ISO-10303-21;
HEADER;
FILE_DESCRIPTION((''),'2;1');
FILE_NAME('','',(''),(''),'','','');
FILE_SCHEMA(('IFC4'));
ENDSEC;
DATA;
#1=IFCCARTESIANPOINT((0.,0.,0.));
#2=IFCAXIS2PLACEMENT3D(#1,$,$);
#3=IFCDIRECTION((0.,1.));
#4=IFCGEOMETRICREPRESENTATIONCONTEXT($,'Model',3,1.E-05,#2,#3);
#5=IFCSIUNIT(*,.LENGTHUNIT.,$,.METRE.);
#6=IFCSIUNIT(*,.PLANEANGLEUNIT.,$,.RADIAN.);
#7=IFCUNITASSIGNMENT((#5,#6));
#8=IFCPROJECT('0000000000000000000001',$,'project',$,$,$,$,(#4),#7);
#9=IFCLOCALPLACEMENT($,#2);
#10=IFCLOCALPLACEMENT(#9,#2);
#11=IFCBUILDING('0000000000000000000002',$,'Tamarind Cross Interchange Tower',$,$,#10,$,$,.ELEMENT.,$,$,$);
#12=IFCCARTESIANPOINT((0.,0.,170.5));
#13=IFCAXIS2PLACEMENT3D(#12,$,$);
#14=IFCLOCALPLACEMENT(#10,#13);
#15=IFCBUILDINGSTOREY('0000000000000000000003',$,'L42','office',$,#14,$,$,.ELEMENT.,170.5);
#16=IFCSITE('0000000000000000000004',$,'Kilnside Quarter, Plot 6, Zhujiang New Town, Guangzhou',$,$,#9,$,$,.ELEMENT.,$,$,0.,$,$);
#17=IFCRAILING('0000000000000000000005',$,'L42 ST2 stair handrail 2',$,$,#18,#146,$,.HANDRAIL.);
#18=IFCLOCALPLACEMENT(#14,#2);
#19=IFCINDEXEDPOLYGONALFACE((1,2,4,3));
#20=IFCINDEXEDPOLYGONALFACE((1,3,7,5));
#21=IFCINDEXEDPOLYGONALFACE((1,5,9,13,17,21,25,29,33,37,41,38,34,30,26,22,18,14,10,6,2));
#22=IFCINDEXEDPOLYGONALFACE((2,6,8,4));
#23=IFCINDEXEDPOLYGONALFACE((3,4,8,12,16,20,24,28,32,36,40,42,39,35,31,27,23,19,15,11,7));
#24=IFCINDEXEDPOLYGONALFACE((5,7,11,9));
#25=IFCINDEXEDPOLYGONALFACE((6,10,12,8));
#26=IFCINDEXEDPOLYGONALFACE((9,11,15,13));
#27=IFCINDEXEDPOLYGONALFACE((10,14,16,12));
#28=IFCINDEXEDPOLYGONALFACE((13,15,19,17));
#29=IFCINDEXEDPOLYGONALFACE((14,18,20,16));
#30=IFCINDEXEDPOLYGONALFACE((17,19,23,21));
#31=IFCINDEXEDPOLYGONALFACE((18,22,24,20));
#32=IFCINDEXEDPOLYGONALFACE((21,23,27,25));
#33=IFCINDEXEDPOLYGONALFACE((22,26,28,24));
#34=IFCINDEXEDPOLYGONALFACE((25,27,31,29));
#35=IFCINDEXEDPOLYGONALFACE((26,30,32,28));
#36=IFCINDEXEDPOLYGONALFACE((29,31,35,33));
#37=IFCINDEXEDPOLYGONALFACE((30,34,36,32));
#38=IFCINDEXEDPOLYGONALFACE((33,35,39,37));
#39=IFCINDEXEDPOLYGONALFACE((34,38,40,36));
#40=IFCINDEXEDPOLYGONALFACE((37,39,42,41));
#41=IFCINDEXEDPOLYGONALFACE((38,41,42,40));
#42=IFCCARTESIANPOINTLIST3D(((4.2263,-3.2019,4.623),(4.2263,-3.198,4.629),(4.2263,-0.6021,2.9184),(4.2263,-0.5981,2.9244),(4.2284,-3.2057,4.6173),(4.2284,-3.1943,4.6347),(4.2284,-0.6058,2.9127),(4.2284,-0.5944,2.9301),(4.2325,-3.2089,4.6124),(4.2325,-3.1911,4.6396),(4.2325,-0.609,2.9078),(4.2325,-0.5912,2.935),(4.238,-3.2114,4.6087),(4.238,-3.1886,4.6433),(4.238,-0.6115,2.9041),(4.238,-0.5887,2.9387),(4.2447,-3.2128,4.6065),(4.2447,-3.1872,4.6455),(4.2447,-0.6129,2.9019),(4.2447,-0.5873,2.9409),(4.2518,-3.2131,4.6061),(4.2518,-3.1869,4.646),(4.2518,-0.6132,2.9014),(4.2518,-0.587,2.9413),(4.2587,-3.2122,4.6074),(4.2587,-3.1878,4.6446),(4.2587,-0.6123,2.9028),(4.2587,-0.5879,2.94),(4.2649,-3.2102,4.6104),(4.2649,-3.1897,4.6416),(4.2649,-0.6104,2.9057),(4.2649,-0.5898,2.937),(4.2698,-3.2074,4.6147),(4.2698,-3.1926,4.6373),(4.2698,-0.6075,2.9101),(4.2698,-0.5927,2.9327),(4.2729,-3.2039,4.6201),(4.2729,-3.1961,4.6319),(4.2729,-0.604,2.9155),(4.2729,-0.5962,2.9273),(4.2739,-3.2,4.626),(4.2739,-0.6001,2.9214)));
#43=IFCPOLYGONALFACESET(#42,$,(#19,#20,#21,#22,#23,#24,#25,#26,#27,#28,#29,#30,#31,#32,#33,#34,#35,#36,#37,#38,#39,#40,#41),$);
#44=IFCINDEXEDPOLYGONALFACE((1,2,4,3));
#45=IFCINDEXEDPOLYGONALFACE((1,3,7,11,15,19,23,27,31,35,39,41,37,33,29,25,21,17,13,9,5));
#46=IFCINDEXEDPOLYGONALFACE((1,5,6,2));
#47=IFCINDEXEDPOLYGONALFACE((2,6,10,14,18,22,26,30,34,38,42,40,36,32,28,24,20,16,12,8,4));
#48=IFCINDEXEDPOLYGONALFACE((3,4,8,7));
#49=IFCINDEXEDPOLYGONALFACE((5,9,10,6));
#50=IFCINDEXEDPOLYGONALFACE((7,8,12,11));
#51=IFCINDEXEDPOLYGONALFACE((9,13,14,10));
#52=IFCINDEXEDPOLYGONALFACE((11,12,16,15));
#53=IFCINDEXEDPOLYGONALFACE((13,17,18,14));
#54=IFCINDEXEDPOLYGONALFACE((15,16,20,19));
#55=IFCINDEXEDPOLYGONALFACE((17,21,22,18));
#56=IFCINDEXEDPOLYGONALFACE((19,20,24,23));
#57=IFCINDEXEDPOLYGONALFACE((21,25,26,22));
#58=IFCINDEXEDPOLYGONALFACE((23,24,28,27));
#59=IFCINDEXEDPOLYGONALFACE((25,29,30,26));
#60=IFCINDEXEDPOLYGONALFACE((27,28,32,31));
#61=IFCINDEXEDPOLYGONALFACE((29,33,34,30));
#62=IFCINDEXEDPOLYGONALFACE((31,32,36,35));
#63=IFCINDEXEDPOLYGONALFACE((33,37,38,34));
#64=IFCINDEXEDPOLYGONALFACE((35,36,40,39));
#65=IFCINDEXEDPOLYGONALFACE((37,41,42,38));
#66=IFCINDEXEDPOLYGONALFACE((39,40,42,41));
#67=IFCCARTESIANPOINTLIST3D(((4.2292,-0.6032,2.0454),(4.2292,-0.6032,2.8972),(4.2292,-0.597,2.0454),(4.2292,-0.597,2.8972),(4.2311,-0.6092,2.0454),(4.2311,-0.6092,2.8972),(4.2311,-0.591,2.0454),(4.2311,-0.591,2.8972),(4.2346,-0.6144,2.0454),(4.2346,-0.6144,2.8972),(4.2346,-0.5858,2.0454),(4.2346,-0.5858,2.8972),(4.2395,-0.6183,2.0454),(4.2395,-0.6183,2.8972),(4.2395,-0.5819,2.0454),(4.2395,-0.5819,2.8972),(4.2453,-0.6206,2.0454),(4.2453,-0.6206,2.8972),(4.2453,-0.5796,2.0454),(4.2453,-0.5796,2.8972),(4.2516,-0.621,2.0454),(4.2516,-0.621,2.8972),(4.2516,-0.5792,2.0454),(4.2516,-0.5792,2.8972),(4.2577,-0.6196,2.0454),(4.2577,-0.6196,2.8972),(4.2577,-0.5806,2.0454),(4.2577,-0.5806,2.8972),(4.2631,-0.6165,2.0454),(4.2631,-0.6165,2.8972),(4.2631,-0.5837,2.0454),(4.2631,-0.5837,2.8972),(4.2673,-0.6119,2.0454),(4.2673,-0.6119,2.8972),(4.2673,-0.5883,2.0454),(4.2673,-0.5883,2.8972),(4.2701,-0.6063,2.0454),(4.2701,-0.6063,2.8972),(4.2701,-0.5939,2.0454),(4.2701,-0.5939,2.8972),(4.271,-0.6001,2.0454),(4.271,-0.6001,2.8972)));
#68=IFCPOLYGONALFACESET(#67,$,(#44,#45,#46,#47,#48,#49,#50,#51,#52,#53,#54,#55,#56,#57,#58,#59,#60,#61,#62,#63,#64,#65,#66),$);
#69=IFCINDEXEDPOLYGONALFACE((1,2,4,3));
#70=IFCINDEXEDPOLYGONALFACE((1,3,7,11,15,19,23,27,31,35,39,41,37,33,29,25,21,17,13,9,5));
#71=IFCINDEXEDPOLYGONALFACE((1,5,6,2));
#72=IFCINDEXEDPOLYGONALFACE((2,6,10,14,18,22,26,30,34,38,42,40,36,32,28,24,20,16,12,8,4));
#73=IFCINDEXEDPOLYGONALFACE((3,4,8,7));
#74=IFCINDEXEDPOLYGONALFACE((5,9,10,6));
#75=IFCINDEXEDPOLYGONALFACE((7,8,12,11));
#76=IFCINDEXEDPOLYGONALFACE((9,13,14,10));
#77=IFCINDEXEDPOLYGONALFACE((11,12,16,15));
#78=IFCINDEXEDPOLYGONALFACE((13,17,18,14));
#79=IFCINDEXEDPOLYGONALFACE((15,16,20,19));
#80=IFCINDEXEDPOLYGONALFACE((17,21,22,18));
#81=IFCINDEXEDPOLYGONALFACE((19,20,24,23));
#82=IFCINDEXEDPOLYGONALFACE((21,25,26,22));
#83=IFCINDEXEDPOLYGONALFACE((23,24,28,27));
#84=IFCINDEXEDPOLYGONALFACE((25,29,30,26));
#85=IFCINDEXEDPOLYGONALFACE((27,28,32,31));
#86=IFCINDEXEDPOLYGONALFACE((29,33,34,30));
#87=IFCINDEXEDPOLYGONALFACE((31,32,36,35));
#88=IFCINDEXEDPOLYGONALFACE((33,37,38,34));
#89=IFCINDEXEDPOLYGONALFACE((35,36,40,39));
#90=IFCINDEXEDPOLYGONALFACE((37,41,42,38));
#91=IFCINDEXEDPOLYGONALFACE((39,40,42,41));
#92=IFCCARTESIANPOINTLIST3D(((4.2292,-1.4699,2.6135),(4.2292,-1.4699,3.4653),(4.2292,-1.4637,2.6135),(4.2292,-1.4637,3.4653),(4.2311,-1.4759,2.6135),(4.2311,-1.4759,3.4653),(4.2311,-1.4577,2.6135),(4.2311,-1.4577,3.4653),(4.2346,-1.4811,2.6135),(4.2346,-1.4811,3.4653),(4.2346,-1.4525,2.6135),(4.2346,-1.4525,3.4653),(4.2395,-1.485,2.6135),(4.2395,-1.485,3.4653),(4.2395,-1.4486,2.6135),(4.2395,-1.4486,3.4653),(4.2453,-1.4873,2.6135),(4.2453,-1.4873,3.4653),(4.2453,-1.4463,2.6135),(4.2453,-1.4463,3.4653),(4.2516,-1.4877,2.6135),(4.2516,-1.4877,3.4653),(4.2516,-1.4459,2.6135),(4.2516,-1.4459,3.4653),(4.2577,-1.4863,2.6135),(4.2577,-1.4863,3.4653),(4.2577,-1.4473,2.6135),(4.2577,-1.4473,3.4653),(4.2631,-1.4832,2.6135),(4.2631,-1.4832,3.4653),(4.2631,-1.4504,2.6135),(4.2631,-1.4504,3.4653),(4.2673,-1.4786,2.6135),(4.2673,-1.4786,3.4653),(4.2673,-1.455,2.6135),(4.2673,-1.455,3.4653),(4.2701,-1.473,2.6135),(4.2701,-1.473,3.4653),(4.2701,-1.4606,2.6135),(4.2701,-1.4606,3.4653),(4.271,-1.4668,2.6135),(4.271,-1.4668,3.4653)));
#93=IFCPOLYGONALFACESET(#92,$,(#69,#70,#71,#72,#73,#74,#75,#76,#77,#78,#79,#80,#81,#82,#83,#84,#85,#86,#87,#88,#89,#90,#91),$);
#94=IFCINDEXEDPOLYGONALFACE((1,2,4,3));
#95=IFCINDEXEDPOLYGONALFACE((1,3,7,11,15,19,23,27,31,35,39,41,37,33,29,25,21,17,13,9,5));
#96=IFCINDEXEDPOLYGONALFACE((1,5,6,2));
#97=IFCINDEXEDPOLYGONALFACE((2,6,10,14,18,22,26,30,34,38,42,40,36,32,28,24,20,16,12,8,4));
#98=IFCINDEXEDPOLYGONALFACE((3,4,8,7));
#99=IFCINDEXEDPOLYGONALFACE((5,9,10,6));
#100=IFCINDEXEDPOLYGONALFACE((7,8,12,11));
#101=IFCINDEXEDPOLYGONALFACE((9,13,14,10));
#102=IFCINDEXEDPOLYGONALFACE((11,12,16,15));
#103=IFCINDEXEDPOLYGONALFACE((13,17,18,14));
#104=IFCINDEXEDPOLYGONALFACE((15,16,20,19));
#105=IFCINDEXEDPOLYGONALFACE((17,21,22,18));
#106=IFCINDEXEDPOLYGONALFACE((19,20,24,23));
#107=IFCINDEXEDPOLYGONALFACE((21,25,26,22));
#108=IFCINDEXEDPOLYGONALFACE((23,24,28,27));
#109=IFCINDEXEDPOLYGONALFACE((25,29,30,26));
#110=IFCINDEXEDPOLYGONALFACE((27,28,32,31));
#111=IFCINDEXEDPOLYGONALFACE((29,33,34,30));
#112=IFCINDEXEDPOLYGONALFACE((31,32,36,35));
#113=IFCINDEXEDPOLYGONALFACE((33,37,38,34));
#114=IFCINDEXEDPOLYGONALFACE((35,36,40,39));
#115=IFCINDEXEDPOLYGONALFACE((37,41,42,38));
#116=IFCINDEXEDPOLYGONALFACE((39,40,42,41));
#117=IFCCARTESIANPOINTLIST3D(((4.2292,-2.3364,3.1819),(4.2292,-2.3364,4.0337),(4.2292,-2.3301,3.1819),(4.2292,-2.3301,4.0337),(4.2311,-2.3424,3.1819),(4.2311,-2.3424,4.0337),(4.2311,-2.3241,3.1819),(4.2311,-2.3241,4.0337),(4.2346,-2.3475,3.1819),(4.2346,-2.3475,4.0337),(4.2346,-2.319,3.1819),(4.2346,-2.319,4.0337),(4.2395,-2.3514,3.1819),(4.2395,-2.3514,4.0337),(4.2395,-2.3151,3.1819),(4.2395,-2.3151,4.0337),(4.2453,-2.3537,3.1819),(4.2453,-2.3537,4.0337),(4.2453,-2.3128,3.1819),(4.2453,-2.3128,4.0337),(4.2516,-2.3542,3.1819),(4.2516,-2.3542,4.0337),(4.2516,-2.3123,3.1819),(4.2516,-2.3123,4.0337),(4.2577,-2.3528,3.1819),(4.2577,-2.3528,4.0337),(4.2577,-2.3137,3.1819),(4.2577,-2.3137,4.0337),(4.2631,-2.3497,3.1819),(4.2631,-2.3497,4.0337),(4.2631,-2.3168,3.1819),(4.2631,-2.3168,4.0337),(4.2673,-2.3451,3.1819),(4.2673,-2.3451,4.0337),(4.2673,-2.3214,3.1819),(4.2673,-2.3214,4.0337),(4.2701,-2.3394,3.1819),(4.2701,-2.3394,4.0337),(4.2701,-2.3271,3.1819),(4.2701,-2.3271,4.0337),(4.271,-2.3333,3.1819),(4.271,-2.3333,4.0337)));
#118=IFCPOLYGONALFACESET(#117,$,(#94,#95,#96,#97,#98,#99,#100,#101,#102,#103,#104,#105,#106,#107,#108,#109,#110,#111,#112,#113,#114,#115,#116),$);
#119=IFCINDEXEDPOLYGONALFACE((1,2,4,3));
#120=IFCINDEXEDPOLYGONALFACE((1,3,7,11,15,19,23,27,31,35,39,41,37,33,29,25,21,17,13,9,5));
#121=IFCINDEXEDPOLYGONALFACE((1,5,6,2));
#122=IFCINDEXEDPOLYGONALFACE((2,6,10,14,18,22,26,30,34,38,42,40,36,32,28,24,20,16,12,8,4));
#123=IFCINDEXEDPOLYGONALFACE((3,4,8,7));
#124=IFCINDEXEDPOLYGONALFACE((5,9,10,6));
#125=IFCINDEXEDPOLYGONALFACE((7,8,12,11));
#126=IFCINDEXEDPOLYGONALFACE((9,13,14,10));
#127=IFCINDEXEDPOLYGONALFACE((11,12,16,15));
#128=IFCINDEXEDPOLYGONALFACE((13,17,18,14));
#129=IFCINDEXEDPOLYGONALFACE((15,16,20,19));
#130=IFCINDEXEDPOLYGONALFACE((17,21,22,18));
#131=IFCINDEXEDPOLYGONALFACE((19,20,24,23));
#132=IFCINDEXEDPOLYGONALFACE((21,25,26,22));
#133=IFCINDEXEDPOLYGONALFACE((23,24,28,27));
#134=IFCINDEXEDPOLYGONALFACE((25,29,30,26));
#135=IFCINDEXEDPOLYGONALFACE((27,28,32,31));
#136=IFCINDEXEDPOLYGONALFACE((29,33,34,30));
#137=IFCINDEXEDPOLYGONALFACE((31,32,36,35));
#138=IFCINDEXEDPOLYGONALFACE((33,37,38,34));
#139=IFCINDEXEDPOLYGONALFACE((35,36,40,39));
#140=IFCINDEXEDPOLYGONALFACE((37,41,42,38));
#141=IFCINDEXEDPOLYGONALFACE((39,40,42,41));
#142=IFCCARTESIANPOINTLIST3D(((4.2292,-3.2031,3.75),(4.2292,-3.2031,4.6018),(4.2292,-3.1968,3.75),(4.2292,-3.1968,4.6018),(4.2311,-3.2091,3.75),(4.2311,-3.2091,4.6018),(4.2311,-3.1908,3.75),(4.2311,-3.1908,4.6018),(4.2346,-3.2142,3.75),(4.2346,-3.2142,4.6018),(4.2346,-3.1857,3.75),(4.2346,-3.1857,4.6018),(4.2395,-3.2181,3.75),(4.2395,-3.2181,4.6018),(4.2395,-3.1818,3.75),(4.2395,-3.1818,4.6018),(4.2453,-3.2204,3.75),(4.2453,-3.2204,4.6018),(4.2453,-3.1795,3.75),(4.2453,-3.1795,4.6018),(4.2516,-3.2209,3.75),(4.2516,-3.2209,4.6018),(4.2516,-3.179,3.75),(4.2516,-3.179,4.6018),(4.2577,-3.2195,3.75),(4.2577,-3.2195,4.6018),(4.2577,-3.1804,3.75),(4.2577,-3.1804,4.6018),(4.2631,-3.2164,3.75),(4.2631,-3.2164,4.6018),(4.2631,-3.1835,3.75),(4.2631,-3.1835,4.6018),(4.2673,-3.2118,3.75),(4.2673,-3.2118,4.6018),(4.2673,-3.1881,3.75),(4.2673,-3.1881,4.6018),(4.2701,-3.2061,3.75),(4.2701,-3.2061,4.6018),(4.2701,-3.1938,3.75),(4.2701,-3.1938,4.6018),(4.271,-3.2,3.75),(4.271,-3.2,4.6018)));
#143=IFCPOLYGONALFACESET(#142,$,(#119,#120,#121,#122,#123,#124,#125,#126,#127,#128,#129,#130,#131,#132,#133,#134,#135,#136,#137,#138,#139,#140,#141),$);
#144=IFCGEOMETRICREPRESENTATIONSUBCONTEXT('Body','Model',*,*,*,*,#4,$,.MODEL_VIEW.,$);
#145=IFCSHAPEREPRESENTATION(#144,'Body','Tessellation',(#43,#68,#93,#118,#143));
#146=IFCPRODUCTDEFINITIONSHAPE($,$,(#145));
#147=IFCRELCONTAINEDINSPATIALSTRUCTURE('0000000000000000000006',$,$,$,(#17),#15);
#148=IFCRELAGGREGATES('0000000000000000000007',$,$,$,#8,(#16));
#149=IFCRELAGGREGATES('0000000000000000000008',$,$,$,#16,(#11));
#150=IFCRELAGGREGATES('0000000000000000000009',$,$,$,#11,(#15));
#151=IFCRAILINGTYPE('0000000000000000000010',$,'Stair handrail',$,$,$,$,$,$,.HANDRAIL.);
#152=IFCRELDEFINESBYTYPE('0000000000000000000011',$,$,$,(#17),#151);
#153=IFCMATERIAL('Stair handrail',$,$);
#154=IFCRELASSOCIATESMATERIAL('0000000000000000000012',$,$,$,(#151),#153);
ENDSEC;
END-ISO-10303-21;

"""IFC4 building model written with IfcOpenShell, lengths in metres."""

from ifc_helpers import new_model, si_unit, direction, frame, origin, origin_2d, place, context, subcontext, project, spatial, circle, extrude, material, type_object, element, save


model = new_model("IFC4")

# Units and contexts
model_context = context("Model", 3, precision=1e-05, world=origin(), true_north=direction((0.0, 1.0)))
body_context = subcontext(model_context, "Body", "Model", "MODEL_VIEW")
ifc_project = project(units=[si_unit("LENGTHUNIT", "METRE"), si_unit("PLANEANGLEUNIT", "RADIAN")], contexts=[model_context])

# Site, building, storey
site_placement = place(None, origin())
site = spatial("IfcSite", under=ifc_project, at=site_placement, Name="Kilnside Quarter, Plot 6, Zhujiang New Town, Guangzhou", CompositionType="ELEMENT", RefElevation=0.0)
building_placement = place(site_placement, origin())
building = spatial("IfcBuilding", under=site, at=building_placement, Name="Tamarind Cross Interchange Tower", CompositionType="ELEMENT")
storey_placement = place(building_placement, frame((0.0, 0.0, 170.5)))
storey = spatial("IfcBuildingStorey", under=building, at=storey_placement, Name="L42", Description="office", CompositionType="ELEMENT", Elevation=170.5)

# Railing
ifc_material_1 = material(Name="Stair handrail")
railing_type_1 = type_object("IfcRailingType", Name="Stair handrail", PredefinedType="HANDRAIL", material=ifc_material_1)
railing_1_placement = place(storey_placement, frame((4.25, -0.6001, 2.0454)))
element("IfcRailing", 1, at=railing_1_placement, inside=storey, type_object=railing_type_1, Name="L42 ST2 stair handrail 2", PredefinedType="HANDRAIL", context=body_context, shape_type="SweptSolid", body=[
    extrude(circle(Radius=0.0239, at=origin_2d()), frame((0.0, 0.0, 0.876), z_axis=(0.0, -0.836279, 0.548305), x_axis=(1.0, 0.0, 0.0)), (0.0, 0.0, 1.0), 3.1089),
    extrude(circle(Radius=0.021, at=origin_2d()), origin(), (0.0, 0.0, 1.0), 0.8518),
    extrude(circle(Radius=0.021, at=origin_2d()), frame((0.0, -0.8667, 0.5681)), (0.0, 0.0, 1.0), 0.8518),
    extrude(circle(Radius=0.021, at=origin_2d()), frame((0.0, -1.7332, 1.1365)), (0.0, 0.0, 1.0), 0.8518),
    extrude(circle(Radius=0.021, at=origin_2d()), frame((0.0, -2.5999, 1.7046)), (0.0, 0.0, 1.0), 0.8518),
])

save(model, "model.ifc")
